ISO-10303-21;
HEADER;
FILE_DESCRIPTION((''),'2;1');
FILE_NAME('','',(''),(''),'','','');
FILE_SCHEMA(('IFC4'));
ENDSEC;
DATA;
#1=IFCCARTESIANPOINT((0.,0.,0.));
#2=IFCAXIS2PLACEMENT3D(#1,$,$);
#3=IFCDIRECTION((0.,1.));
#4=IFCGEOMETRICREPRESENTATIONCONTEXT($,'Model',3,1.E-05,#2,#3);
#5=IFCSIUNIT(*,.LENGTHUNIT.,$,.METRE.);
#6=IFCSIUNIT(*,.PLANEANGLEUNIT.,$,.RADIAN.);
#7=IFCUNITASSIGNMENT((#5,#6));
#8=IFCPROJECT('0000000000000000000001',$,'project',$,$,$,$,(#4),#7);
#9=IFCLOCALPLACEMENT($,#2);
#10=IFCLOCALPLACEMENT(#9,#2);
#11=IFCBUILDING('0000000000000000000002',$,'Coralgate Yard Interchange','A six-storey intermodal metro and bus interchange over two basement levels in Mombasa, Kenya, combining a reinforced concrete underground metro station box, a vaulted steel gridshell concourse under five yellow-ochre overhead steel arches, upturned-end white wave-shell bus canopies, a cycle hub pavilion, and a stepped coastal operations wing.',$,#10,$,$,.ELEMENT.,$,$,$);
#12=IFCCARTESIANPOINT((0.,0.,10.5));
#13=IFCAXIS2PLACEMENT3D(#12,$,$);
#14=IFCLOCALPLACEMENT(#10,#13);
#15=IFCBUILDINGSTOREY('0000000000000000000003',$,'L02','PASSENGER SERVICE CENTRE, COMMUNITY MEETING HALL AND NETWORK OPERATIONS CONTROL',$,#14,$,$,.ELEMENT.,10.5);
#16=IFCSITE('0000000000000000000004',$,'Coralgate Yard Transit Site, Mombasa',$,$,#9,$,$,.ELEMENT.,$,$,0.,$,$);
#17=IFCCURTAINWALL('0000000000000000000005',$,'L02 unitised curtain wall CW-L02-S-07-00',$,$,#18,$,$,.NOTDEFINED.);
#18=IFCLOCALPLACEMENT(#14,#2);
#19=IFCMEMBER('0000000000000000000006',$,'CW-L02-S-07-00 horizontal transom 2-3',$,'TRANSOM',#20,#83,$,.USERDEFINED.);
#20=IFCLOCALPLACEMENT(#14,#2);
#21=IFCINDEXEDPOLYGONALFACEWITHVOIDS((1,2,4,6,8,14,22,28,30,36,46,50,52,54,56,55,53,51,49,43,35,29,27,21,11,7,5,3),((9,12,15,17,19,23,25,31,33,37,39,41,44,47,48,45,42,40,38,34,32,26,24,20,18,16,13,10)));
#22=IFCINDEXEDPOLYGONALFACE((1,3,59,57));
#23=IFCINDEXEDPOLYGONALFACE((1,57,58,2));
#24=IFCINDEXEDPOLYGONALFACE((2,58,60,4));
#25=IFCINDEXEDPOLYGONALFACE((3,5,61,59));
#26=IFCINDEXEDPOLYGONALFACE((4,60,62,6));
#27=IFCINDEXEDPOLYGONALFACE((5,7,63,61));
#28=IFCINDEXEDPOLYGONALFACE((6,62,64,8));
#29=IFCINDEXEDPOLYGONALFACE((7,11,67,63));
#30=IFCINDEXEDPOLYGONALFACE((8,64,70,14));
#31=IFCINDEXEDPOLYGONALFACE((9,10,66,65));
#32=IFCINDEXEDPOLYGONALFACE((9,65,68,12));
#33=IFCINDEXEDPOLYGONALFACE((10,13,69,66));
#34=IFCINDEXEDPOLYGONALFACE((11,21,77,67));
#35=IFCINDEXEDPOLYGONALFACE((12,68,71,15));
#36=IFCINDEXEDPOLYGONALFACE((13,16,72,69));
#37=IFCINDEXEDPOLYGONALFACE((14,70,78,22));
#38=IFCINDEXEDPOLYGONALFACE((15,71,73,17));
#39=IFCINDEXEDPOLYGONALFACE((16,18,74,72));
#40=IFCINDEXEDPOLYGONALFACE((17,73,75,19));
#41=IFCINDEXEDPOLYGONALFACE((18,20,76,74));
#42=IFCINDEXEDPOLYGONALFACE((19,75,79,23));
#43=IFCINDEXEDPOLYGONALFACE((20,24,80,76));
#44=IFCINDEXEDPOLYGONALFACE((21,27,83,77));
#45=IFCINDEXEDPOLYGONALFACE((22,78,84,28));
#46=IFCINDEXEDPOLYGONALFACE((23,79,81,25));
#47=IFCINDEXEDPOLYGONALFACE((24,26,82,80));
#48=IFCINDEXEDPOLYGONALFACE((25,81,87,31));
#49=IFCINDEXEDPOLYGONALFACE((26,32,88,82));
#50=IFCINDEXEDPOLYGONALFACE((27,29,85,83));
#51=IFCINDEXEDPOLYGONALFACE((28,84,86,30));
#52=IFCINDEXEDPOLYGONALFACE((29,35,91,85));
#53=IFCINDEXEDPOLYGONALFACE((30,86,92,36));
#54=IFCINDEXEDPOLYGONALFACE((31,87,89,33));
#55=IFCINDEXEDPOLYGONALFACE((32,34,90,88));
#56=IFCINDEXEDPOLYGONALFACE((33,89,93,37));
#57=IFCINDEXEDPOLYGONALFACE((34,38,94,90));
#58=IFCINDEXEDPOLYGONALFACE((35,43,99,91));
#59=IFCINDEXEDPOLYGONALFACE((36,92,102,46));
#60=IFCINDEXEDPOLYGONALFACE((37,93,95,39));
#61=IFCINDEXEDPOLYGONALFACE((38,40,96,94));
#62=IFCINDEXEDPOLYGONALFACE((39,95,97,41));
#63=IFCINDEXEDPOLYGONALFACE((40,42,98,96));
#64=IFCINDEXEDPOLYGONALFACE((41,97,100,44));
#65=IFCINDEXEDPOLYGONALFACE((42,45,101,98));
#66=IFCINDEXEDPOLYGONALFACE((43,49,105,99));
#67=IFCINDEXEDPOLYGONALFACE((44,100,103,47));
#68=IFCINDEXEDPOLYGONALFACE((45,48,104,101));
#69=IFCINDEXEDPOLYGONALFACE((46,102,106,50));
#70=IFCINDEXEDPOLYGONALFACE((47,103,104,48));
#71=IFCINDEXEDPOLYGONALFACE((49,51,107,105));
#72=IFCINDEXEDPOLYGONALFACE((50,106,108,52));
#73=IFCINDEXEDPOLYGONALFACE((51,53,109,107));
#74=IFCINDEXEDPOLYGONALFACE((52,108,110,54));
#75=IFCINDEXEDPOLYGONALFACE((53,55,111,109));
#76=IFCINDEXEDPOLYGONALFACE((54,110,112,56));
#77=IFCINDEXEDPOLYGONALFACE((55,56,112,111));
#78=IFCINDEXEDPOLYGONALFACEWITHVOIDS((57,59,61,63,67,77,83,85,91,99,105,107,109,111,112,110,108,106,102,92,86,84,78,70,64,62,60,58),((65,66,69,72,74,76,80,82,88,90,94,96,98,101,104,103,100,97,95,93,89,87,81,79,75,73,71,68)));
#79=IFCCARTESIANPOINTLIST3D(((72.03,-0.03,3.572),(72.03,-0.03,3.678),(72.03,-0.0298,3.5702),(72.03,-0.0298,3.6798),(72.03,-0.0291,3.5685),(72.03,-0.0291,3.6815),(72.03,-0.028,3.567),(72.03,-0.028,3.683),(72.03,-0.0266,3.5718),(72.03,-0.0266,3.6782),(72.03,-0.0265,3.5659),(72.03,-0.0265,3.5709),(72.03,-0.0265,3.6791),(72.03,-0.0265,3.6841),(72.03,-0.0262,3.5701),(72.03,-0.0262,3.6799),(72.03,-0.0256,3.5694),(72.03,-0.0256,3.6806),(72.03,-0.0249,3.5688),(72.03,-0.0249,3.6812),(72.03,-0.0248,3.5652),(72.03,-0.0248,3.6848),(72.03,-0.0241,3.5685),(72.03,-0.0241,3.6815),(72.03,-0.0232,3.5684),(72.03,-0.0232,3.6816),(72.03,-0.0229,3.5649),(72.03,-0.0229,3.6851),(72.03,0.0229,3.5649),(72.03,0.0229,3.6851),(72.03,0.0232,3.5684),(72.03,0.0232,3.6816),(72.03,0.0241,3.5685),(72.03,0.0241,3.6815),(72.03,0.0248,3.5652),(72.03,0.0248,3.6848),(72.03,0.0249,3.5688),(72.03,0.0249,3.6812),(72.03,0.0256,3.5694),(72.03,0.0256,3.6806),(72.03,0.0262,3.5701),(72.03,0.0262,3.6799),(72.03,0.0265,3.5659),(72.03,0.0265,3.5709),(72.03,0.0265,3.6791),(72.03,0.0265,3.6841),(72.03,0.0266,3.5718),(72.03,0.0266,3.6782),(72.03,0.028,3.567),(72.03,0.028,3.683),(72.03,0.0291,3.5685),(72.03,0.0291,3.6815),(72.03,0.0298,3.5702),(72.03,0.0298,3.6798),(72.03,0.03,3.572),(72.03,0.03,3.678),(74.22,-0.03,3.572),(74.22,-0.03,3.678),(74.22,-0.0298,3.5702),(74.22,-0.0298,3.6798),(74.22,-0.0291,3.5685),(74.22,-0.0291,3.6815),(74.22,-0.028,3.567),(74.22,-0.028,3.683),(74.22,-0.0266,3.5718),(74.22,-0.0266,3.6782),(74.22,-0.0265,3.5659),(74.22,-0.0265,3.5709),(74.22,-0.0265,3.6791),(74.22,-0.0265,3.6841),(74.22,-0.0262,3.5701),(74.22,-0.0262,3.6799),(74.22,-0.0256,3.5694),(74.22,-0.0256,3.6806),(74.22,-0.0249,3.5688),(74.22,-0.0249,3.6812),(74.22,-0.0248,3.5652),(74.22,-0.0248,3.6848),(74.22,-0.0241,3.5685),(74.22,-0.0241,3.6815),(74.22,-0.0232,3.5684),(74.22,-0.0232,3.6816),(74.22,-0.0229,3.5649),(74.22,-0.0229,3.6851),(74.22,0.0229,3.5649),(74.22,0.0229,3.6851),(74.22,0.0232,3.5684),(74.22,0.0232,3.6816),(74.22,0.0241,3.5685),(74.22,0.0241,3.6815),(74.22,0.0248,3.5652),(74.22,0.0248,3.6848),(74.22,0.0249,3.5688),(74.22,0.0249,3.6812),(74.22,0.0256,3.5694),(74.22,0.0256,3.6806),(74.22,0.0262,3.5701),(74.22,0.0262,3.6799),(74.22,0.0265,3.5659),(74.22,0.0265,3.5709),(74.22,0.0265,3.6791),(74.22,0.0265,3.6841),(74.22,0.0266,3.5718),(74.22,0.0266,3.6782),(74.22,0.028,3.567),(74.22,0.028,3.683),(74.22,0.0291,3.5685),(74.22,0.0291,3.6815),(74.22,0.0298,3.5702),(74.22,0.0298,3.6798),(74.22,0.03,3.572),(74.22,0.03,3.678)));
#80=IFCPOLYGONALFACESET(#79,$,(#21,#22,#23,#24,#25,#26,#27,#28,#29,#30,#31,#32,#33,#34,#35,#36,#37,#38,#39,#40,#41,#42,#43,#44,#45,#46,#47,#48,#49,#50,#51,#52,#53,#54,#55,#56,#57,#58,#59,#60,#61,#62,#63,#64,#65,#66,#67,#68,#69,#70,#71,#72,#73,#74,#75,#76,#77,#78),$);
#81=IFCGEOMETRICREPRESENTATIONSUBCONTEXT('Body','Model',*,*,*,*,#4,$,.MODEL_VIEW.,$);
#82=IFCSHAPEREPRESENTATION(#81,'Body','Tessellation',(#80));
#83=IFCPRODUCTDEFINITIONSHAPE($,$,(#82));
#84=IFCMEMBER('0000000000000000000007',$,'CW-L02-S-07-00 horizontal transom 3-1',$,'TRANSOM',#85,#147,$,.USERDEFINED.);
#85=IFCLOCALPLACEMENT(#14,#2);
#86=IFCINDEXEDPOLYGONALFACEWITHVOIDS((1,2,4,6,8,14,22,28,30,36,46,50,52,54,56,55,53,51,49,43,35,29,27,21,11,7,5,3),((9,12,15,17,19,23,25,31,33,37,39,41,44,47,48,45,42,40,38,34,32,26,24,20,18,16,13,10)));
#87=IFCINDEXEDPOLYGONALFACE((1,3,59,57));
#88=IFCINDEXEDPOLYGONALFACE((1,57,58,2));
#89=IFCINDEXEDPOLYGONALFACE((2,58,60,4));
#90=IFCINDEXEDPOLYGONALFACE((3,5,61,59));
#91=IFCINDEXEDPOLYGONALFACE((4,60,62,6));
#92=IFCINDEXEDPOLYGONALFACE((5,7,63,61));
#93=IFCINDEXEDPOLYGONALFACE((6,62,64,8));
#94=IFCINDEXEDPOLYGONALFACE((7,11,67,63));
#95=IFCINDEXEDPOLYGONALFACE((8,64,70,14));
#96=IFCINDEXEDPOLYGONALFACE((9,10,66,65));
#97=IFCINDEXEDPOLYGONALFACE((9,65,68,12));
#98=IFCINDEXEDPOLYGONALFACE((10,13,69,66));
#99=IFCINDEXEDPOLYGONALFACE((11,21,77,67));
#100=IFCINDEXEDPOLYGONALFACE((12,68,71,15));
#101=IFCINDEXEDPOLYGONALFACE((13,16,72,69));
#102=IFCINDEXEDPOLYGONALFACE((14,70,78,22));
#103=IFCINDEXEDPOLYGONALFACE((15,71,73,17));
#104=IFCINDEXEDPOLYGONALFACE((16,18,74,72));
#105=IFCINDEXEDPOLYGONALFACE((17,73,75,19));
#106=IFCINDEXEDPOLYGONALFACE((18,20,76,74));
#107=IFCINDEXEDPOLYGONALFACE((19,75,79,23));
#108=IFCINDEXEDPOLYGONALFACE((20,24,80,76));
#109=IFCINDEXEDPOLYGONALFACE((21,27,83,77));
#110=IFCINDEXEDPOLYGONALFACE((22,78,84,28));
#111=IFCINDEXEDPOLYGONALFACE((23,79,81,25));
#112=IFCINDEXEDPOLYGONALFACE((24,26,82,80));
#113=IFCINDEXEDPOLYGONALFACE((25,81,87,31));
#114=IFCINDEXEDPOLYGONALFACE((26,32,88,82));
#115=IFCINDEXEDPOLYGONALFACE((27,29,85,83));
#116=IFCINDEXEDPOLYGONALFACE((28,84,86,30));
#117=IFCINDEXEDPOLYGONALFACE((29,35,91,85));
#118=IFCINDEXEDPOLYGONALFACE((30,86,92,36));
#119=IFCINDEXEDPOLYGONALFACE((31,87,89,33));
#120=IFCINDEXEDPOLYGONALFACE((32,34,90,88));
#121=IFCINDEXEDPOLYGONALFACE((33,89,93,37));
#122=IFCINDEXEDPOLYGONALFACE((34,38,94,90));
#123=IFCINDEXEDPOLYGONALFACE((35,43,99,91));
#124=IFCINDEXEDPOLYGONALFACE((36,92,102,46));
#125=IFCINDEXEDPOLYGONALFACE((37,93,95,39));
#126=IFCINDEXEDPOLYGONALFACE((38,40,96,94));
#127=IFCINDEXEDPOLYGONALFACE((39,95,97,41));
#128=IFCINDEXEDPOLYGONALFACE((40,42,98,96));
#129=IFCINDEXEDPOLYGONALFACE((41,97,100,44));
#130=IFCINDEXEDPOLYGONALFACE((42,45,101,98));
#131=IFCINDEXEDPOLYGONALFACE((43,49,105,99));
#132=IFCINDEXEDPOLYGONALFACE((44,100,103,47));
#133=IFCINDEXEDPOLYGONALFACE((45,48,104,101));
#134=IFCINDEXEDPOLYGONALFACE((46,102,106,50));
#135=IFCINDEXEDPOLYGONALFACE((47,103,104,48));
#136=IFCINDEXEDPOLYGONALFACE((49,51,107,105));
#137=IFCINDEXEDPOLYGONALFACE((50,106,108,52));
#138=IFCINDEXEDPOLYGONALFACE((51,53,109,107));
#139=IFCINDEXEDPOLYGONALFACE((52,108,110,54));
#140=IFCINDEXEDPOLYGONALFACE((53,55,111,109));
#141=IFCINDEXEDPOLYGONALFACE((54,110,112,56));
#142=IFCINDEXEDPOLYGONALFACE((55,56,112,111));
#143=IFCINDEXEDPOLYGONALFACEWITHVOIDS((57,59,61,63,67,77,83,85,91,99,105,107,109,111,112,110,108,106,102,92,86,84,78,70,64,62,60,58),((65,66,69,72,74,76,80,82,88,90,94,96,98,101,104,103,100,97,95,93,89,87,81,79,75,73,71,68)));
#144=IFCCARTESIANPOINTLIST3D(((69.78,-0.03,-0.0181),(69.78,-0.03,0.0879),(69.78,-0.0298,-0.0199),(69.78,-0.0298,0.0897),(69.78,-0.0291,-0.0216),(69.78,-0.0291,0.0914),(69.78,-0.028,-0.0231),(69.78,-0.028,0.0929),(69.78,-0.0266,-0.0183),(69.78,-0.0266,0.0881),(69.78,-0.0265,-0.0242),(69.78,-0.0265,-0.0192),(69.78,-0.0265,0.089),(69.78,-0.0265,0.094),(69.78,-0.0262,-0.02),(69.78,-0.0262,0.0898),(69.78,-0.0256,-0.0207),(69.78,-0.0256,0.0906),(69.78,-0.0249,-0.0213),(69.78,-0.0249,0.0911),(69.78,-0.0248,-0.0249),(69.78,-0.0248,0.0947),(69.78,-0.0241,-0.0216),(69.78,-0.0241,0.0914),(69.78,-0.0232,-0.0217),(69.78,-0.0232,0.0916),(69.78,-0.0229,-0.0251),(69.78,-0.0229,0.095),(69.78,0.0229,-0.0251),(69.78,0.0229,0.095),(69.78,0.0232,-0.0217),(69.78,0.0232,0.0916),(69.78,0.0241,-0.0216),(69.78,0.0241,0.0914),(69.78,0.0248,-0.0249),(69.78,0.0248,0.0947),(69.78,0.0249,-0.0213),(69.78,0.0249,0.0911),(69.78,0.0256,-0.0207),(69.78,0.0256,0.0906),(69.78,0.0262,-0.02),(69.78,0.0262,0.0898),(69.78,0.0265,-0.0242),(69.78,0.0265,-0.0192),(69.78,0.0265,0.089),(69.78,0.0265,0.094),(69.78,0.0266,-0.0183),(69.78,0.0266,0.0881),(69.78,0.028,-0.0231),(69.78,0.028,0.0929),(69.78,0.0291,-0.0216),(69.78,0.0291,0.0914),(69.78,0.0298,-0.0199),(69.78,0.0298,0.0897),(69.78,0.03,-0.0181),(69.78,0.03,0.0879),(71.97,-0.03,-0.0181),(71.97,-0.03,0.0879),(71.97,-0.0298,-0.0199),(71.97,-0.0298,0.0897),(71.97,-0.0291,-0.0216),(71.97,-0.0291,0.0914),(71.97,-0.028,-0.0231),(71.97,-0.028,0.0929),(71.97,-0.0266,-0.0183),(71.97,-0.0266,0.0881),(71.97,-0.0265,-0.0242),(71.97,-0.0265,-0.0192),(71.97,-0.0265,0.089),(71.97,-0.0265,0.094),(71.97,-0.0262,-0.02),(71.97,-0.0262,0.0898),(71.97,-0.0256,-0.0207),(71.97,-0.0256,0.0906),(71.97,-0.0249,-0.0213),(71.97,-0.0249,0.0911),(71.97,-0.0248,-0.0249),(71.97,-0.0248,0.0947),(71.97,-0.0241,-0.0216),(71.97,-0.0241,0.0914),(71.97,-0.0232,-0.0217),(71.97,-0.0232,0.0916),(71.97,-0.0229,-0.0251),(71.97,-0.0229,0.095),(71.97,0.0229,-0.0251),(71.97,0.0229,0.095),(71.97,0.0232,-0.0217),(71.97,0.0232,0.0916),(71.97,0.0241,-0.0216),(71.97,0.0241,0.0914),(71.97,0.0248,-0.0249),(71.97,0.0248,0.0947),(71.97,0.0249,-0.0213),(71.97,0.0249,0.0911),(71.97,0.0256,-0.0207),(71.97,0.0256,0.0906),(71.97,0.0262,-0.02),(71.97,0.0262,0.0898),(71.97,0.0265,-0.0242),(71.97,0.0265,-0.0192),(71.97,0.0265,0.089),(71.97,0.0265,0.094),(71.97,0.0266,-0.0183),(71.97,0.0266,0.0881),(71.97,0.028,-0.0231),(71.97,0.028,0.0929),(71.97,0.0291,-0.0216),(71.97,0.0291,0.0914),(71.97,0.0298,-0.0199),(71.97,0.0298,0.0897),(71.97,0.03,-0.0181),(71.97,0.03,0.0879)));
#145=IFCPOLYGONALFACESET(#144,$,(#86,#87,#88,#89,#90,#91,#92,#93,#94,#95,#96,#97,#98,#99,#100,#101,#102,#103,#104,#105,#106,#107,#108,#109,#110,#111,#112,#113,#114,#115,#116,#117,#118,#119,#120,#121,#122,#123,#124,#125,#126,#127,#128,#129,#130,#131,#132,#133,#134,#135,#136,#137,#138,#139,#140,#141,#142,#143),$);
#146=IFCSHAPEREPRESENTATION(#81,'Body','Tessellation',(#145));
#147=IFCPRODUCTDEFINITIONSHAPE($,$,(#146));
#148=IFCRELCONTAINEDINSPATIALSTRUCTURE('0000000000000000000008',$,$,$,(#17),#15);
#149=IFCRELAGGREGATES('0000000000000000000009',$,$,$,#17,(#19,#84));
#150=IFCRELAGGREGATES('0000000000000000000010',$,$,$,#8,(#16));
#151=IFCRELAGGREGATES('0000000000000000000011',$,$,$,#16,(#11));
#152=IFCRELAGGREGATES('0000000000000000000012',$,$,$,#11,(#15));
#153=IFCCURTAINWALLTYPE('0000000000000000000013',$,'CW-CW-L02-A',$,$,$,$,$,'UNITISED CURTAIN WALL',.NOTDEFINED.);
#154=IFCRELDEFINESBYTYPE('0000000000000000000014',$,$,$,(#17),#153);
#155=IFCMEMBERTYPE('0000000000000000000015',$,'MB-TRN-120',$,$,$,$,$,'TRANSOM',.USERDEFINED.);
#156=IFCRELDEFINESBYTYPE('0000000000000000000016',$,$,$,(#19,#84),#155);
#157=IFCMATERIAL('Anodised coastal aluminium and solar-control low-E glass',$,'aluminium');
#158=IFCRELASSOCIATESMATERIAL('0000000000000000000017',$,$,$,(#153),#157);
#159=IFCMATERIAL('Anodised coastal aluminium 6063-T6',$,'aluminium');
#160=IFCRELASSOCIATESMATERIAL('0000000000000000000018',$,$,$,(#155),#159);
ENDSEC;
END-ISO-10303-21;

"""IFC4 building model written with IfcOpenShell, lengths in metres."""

from ifc_helpers import new_model, si_unit, direction, frame, origin, origin_2d, place, context, subcontext, project, spatial, hollow_rectangle, extrude, material, material_profile, profile_set, type_object, element, aggregate, save


model = new_model("IFC4")

# Units and contexts
model_context = context("Model", 3, precision=1e-05, world=origin(), true_north=direction((0.0, 1.0)))
body_context = subcontext(model_context, "Body", "Model", "MODEL_VIEW")
ifc_project = project(units=[si_unit("LENGTHUNIT", "METRE"), si_unit("PLANEANGLEUNIT", "RADIAN")], contexts=[model_context])

# Site, building, storey
site_placement = place(None, origin())
site = spatial("IfcSite", under=ifc_project, at=site_placement, Name="Coralgate Yard Transit Site, Mombasa", CompositionType="ELEMENT", RefElevation=0.0)
building_placement = place(site_placement, origin())
building = spatial("IfcBuilding", under=site, at=building_placement, Name="Coralgate Yard Interchange", Description="A six-storey intermodal metro and bus interchange over two basement levels in Mombasa, Kenya, combining a reinforced concrete underground metro station box, a vaulted steel gridshell concourse under five yellow-ochre overhead steel arches, upturned-end white wave-shell bus canopies, a cycle hub pavilion, and a stepped coastal operations wing.", CompositionType="ELEMENT")
storey_placement = place(building_placement, frame((0.0, 0.0, 10.5)))
storey = spatial("IfcBuildingStorey", under=building, at=storey_placement, Name="L02", Description="PASSENGER SERVICE CENTRE, COMMUNITY MEETING HALL AND NETWORK OPERATIONS CONTROL", CompositionType="ELEMENT", Elevation=10.5)

# Shared definitions
ifc_material_1 = material(Name="Anodised coastal aluminium and solar-control low-E glass", Category="aluminium")
curtain_wall_type = type_object("IfcCurtainWallType", Name="CW-CW-L02-A", ElementType="UNITISED CURTAIN WALL", PredefinedType="NOTDEFINED", material=ifc_material_1)
ifc_material_2 = material(Name="Anodised coastal aluminium 6063-T6", Category="aluminium")

# Curtain wall
curtain_wall_1_placement = place(storey_placement, origin())
curtain_wall_1 = element("IfcCurtainWall", 1, at=curtain_wall_1_placement, inside=storey, type_object=curtain_wall_type, Name="L02 unitised curtain wall CW-L02-S-07-00", PredefinedType="NOTDEFINED")

# Members
ifc_material_profile_1 = material_profile(ifc_material_2, hollow_rectangle(XDim=0.0601, YDim=0.1201, WallThickness=0.0034, InnerFilletRadius=0.0034, OuterFilletRadius=0.0071, at=origin_2d()), Name="ALU 60x120x3.5")
ifc_profile_set_1 = profile_set([ifc_material_profile_1], Name="Anodised coastal aluminium 6063-T6")
member_type_1 = type_object("IfcMemberType", Name="MB-TRN-120", ElementType="TRANSOM", PredefinedType="USERDEFINED", material=ifc_profile_set_1)
member_1_placement = place(storey_placement, frame((74.22, 0.0, 3.625), z_axis=(-1.0, 0.0, 0.0), x_axis=(0.0, -1.0, 0.0)))
member_1 = element("IfcMember", 2, at=member_1_placement, type_object=member_type_1, Name="CW-L02-S-07-00 horizontal transom 2-3", ObjectType="TRANSOM", PredefinedType="USERDEFINED", context=body_context, shape_type="SweptSolid", body=[
    extrude(hollow_rectangle(XDim=0.0601, YDim=0.1201, WallThickness=0.0034, InnerFilletRadius=0.0034, OuterFilletRadius=0.0071, at=origin_2d()), origin(), (0.0, 0.0, 1.0), 2.1899),
])
member_2_placement = place(storey_placement, frame((71.97, 0.0, 0.0349), z_axis=(-1.0, 0.0, 0.0), x_axis=(0.0, -1.0, 0.0)))
member_2 = element("IfcMember", 3, at=member_2_placement, type_object=member_type_1, Name="CW-L02-S-07-00 horizontal transom 3-1", ObjectType="TRANSOM", PredefinedType="USERDEFINED", context=body_context, shape_type="SweptSolid", body=[
    extrude(hollow_rectangle(XDim=0.0601, YDim=0.1201, WallThickness=0.0034, InnerFilletRadius=0.0034, OuterFilletRadius=0.0071, at=origin_2d()), origin(), (0.0, 0.0, 1.0), 2.1899),
])

aggregate(curtain_wall_1, [member_1, member_2])

save(model, "model.ifc")
